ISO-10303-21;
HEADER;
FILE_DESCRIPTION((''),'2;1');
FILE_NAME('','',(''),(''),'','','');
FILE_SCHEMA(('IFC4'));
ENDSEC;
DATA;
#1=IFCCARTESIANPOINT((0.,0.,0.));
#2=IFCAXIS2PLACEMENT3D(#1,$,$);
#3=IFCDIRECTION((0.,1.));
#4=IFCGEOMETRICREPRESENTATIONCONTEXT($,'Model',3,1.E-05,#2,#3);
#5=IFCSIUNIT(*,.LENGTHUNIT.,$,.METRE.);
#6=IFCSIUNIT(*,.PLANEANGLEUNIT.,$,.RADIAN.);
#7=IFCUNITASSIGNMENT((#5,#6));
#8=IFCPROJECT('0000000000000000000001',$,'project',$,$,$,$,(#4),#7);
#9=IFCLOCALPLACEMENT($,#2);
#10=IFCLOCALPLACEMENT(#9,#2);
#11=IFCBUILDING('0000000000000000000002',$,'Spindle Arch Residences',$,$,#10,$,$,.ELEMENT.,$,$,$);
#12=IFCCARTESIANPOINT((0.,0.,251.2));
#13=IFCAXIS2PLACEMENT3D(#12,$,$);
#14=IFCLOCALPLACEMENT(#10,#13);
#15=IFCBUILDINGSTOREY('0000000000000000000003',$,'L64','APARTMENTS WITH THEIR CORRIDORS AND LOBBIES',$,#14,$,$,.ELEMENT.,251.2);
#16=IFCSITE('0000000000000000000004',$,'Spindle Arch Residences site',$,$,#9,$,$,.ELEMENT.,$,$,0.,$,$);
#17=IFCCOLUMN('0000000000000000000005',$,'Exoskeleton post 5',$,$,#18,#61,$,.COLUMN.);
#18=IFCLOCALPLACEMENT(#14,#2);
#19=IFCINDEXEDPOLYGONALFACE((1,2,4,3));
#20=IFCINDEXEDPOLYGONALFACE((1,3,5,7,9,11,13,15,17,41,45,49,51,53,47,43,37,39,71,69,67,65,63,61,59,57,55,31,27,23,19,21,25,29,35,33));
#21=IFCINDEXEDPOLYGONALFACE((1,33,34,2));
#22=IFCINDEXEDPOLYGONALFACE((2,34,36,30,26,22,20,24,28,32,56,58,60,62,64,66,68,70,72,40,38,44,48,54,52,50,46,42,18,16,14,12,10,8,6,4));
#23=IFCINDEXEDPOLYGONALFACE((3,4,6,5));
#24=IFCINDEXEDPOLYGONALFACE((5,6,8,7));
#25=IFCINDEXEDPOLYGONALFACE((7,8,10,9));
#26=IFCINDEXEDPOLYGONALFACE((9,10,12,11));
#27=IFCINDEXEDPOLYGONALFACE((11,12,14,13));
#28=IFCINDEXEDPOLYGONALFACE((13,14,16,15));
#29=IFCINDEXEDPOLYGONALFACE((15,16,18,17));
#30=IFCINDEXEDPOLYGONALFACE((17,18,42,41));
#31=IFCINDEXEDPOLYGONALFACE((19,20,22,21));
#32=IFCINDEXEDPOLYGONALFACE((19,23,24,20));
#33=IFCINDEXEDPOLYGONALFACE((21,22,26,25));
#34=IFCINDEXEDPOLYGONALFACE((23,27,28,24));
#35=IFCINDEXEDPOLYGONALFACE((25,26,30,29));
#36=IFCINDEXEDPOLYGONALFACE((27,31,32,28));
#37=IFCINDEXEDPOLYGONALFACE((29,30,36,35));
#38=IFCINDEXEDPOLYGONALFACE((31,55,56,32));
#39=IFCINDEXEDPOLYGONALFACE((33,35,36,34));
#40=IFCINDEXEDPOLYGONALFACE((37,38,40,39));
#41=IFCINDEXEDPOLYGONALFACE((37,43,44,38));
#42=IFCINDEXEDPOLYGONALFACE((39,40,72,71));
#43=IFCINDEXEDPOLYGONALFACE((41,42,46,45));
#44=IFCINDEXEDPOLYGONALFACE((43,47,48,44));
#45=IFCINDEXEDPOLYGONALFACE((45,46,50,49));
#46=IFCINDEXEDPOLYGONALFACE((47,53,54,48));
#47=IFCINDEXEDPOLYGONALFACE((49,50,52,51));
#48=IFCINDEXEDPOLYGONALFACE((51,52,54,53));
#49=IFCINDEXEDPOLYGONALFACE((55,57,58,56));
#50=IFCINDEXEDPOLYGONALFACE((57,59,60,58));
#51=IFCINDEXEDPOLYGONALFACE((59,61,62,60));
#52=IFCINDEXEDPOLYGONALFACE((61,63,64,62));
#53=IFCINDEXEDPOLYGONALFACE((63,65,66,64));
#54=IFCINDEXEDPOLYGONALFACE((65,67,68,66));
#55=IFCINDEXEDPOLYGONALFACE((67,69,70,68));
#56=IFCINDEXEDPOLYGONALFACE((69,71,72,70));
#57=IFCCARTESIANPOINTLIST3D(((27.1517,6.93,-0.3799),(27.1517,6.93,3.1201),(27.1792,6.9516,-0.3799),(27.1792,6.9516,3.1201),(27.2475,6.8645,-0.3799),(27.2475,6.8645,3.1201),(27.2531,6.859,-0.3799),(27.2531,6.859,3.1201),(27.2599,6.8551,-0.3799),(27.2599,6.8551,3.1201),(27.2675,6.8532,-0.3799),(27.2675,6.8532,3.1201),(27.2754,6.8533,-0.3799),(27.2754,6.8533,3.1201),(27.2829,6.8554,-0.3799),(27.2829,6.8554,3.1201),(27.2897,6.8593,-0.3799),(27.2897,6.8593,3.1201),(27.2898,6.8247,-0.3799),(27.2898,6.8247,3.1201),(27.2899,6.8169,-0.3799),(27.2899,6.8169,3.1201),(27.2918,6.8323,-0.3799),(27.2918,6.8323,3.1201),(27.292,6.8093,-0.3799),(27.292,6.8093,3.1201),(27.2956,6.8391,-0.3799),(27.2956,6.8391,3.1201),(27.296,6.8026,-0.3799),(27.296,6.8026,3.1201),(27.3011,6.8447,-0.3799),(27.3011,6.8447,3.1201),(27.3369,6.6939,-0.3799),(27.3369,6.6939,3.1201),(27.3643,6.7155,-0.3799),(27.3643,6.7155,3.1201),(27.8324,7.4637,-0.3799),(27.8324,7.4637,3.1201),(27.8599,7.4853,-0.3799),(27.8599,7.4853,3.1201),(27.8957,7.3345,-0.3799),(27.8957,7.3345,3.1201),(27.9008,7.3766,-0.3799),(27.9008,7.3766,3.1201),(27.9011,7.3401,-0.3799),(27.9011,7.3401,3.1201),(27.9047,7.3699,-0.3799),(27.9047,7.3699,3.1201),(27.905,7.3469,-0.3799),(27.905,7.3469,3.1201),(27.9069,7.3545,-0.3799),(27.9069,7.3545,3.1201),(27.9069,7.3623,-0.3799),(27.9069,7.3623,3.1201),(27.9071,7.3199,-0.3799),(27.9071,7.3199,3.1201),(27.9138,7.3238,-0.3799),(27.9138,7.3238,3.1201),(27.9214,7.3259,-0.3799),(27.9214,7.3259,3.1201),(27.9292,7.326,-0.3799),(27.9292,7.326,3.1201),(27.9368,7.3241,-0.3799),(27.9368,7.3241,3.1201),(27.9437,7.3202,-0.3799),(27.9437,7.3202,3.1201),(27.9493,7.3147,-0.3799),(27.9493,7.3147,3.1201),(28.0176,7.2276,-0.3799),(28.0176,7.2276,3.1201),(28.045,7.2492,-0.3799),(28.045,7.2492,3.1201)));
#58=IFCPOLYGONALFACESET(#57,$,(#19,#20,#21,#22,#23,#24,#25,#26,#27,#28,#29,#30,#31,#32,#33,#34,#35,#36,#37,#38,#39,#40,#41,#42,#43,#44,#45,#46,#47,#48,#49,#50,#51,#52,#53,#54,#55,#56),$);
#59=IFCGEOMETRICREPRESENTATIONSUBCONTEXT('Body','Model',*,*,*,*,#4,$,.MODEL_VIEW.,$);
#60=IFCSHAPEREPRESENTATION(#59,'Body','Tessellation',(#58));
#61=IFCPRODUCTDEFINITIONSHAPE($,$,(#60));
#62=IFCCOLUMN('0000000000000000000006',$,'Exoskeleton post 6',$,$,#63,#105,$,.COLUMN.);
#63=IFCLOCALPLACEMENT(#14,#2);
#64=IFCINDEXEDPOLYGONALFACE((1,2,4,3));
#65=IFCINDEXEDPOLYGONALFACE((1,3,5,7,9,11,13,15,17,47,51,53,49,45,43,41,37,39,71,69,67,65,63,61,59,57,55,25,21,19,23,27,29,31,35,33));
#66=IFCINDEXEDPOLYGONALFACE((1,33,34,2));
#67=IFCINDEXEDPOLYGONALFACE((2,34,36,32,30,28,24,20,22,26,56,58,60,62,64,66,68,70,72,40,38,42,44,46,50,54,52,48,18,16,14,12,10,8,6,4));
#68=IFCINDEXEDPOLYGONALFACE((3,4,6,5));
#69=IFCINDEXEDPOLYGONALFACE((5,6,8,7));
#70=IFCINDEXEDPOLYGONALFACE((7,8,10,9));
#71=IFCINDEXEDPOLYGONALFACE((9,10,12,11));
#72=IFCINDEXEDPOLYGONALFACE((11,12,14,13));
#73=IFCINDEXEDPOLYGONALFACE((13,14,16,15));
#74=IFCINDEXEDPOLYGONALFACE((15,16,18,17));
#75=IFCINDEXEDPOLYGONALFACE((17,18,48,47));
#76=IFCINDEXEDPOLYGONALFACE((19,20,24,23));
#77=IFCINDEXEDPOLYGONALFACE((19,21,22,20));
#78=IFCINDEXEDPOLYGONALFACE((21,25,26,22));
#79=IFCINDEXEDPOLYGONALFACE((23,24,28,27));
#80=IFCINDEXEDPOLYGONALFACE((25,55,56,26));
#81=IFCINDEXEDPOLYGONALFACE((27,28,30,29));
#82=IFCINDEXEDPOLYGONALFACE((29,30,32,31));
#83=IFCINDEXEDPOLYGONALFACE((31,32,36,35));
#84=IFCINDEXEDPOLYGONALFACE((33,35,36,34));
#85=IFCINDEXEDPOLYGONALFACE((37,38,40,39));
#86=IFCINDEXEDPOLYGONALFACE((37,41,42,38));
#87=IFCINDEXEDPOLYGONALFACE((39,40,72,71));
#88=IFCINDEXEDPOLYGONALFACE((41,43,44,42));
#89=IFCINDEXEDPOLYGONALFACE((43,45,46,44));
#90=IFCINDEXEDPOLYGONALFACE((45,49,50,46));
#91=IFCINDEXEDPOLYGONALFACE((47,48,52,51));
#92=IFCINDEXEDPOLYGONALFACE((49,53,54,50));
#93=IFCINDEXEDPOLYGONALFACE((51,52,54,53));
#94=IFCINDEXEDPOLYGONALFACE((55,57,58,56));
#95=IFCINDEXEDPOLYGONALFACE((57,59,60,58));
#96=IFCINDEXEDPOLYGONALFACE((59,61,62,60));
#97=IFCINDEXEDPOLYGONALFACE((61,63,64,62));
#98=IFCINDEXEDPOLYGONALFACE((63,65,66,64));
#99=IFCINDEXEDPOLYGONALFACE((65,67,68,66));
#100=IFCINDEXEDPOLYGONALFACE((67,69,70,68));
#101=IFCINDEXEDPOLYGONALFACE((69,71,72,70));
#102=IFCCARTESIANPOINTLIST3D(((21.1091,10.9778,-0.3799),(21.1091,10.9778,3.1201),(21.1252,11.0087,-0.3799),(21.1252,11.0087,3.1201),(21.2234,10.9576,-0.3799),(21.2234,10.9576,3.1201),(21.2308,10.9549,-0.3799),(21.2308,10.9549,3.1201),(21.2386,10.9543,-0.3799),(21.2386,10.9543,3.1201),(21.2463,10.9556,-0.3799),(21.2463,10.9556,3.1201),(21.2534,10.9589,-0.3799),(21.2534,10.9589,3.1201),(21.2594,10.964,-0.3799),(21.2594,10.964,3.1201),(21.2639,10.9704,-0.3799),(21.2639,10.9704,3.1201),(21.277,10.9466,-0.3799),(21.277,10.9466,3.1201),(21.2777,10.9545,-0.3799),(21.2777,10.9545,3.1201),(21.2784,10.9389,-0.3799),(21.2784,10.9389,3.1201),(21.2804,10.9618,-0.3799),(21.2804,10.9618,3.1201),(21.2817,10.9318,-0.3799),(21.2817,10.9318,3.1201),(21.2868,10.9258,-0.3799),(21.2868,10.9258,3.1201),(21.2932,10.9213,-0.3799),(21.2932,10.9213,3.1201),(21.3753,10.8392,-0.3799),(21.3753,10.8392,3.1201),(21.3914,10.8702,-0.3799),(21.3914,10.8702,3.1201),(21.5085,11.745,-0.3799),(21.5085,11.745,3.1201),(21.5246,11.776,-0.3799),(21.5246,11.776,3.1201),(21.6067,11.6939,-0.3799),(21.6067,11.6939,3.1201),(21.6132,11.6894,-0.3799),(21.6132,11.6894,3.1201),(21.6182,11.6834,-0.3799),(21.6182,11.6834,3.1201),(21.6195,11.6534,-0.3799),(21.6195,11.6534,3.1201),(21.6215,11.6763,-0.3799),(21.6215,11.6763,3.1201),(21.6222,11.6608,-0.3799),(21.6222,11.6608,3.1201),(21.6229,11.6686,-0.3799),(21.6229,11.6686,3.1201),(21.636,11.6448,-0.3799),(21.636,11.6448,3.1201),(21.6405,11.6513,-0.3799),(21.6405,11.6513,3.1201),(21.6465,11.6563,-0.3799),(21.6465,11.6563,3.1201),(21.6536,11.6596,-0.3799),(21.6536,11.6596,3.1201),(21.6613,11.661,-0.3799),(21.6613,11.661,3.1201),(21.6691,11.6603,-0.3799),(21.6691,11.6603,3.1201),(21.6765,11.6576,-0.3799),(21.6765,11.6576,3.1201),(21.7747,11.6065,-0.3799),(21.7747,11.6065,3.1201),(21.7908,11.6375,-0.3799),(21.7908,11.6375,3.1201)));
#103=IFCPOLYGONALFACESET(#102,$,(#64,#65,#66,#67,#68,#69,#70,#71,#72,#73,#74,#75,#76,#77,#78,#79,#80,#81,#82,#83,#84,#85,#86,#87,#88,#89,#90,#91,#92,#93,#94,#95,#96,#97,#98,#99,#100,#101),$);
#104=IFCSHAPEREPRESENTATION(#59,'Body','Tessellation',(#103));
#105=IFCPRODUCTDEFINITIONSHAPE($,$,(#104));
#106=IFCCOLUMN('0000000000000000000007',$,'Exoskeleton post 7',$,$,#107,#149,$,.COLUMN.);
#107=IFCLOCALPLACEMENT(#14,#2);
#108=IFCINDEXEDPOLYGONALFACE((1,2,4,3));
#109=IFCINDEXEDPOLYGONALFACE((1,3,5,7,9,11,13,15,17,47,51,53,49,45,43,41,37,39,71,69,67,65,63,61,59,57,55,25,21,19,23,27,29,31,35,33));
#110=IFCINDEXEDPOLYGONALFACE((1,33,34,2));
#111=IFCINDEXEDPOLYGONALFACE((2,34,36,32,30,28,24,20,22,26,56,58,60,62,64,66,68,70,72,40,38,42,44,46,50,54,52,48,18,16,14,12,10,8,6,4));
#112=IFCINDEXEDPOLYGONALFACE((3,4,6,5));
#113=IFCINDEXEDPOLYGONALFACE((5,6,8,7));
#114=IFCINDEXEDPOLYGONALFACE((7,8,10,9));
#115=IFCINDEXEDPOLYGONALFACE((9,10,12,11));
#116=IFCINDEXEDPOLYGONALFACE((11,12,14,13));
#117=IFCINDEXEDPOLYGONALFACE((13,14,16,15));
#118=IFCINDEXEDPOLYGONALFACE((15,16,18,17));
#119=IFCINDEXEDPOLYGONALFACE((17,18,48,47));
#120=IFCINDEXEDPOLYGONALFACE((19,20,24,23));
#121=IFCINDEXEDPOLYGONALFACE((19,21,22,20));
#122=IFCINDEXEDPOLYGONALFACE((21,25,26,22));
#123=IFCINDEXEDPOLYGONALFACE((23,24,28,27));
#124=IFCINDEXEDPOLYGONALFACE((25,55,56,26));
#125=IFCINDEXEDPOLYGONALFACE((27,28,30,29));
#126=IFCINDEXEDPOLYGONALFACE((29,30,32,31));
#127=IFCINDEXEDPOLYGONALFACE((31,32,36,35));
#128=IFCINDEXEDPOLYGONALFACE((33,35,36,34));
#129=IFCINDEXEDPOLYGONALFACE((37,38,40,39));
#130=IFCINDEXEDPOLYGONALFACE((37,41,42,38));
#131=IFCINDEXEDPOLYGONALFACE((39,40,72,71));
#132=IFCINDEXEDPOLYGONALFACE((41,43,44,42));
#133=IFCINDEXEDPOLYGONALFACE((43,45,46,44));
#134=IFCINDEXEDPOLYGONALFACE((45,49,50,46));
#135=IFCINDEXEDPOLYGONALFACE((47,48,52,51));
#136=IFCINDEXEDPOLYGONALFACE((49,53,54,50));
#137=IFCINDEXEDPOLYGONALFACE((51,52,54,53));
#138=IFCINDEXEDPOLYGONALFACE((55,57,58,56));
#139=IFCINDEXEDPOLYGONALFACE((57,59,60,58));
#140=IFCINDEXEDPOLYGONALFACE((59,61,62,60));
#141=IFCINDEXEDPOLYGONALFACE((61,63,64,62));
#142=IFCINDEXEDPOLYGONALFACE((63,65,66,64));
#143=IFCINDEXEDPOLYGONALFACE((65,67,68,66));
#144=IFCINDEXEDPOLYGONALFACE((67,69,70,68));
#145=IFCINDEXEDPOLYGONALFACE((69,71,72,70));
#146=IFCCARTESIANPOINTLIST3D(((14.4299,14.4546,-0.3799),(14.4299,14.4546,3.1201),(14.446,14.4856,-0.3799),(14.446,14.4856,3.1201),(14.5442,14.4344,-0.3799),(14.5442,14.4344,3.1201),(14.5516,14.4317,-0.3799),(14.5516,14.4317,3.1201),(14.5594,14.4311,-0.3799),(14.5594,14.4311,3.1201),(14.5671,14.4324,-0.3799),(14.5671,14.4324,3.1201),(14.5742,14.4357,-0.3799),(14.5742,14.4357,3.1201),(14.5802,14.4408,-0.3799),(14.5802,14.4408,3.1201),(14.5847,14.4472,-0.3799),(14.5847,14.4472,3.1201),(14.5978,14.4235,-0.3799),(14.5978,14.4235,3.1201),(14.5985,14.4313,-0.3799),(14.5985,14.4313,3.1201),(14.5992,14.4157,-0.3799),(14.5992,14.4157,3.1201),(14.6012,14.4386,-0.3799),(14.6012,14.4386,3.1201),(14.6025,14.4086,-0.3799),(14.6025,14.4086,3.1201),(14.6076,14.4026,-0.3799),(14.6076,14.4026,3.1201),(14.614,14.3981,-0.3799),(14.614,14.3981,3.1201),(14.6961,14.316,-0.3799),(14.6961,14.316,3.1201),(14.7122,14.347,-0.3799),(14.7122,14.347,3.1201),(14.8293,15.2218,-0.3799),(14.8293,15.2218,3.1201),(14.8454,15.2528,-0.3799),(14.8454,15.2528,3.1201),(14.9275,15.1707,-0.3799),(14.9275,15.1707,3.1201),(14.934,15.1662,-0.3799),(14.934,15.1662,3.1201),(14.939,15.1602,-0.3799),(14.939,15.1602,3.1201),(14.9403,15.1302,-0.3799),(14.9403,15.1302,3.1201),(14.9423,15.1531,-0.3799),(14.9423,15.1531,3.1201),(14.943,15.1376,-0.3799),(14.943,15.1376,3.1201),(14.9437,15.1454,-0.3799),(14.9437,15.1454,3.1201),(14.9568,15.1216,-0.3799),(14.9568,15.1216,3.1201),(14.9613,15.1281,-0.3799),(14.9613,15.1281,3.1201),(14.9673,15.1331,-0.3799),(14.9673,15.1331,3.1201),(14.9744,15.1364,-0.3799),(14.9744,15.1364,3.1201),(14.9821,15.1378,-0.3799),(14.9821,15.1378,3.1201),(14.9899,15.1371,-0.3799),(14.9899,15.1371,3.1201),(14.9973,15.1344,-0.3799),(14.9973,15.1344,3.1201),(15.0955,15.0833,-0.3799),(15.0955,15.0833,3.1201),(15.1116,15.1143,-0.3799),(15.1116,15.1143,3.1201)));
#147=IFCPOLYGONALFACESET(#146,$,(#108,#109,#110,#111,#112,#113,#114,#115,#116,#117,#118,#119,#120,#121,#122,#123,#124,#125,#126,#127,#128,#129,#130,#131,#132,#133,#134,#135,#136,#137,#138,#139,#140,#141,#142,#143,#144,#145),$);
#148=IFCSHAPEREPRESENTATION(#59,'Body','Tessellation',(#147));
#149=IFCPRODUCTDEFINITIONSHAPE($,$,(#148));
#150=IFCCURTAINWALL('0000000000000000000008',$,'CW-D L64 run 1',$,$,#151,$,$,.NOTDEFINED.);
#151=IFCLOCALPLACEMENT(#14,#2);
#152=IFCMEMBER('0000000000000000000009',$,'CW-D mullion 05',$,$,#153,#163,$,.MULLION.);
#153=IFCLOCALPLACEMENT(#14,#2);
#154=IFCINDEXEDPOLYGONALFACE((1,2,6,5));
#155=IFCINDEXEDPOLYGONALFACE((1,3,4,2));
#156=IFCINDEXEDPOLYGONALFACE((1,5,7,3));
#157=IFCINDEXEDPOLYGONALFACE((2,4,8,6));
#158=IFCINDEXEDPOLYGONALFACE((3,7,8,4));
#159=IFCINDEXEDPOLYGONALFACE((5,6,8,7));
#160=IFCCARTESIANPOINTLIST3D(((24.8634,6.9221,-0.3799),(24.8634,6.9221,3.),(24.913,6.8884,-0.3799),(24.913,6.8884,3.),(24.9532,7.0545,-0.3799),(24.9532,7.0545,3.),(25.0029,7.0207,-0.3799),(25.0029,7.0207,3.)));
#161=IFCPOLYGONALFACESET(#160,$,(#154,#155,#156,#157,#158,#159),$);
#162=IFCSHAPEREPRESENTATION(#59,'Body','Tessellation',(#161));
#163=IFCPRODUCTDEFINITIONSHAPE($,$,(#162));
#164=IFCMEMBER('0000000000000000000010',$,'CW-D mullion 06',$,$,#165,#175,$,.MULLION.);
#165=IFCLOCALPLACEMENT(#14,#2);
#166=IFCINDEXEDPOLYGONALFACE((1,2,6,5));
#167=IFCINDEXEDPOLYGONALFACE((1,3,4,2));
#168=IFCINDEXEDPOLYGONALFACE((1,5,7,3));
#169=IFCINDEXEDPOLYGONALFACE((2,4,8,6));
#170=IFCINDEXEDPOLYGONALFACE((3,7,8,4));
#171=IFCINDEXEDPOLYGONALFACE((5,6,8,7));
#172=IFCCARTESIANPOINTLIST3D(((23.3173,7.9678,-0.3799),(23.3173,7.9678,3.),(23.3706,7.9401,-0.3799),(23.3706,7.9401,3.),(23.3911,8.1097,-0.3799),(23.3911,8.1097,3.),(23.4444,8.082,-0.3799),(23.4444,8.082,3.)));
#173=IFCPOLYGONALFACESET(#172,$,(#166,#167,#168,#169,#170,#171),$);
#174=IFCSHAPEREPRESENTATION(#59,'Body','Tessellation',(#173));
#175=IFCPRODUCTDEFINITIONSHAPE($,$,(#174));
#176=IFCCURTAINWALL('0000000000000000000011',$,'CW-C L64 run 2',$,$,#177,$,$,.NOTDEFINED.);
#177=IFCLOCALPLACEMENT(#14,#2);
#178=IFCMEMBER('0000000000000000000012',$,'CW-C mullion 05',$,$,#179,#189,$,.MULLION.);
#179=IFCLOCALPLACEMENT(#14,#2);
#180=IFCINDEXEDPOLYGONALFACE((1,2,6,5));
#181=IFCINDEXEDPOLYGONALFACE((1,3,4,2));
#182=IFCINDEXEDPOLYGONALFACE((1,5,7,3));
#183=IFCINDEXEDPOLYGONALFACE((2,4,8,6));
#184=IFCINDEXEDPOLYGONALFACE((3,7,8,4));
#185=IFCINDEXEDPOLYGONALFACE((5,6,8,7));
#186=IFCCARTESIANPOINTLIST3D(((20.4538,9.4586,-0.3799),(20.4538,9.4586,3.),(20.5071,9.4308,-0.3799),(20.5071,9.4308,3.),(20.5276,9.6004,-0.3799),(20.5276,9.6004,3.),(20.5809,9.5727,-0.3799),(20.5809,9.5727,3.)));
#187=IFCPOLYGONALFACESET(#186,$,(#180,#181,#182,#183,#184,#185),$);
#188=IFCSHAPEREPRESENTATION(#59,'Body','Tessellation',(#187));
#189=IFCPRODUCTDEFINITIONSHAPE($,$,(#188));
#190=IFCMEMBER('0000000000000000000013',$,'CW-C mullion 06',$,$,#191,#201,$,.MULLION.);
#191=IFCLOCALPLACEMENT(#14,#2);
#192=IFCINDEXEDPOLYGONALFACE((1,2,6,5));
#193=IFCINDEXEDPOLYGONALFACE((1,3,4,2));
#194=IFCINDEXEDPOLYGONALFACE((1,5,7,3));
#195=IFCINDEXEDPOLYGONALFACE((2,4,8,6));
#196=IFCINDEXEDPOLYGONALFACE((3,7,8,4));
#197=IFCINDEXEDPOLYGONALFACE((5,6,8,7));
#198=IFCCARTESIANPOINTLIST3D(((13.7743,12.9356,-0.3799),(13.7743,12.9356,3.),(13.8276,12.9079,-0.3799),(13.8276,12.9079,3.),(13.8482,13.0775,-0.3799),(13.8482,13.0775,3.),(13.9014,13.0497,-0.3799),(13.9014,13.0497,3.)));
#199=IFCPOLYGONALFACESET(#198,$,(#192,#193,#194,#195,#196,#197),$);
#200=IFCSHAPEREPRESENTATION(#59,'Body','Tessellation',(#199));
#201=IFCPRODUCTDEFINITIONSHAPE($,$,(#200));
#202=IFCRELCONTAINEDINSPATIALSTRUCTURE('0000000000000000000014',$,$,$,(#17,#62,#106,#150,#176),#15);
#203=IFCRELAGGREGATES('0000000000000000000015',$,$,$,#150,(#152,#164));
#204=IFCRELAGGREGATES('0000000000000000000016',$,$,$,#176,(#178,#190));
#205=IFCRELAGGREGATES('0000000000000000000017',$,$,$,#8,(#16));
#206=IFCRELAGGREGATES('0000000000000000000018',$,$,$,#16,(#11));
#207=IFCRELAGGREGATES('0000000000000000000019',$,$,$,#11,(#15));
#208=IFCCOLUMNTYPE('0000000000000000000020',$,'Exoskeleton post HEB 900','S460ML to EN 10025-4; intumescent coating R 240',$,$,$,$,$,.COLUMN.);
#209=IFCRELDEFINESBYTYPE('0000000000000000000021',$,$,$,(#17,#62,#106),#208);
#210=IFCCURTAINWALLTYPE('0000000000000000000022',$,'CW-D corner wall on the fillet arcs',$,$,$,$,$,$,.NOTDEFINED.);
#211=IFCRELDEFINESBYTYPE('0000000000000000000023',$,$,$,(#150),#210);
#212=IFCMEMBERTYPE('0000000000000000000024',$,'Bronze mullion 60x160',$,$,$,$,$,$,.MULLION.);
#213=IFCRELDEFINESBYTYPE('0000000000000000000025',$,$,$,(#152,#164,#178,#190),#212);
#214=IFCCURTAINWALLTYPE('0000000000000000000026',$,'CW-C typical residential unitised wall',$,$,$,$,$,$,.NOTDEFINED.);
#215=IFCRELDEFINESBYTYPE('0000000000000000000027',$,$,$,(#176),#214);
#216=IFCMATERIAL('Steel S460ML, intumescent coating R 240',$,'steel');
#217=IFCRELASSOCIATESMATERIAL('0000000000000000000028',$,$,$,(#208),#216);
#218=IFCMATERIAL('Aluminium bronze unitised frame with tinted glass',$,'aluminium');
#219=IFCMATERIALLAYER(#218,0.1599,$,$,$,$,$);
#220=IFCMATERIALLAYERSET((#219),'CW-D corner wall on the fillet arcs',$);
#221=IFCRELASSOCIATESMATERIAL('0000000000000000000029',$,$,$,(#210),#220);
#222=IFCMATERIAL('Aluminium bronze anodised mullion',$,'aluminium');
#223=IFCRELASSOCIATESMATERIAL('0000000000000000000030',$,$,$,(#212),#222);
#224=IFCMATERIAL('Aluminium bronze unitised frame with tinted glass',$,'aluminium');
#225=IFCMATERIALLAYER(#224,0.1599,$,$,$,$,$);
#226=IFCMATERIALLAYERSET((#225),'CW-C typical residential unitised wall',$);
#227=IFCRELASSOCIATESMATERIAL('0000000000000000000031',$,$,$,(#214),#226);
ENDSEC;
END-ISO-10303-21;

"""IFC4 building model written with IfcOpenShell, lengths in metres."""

from ifc_helpers import new_model, si_unit, direction, frame, origin, origin_2d, place, context, subcontext, project, spatial, rectangle, i_section, extrude, material, layer, layer_set, material_profile, profile_set, type_object, element, aggregate, save


model = new_model("IFC4")

# Units and contexts
model_context = context("Model", 3, precision=1e-05, world=origin(), true_north=direction((0.0, 1.0)))
body_context = subcontext(model_context, "Body", "Model", "MODEL_VIEW")
ifc_project = project(units=[si_unit("LENGTHUNIT", "METRE"), si_unit("PLANEANGLEUNIT", "RADIAN")], contexts=[model_context])

# Site, building, storey
site_placement = place(None, origin())
site = spatial("IfcSite", under=ifc_project, at=site_placement, Name="Spindle Arch Residences site", CompositionType="ELEMENT", RefElevation=0.0)
building_placement = place(site_placement, origin())
building = spatial("IfcBuilding", under=site, at=building_placement, Name="Spindle Arch Residences", CompositionType="ELEMENT")
storey_placement = place(building_placement, frame((0.0, 0.0, 251.2)))
storey = spatial("IfcBuildingStorey", under=building, at=storey_placement, Name="L64", Description="APARTMENTS WITH THEIR CORRIDORS AND LOBBIES", CompositionType="ELEMENT", Elevation=251.2)

# Columns
ifc_material_1 = material(Name="Steel S460ML, intumescent coating R 240", Category="steel")
ifc_material_profile_1 = material_profile(ifc_material_1, i_section(OverallWidth=0.3, OverallDepth=0.8999, WebThickness=0.0186, FlangeThickness=0.0349, FilletRadius=0.03, at=origin_2d()), Name="HEB 900")
ifc_profile_set_1 = profile_set([ifc_material_profile_1], Name="Steel S460ML, intumescent coating R 240")
column_type = type_object("IfcColumnType", Name="Exoskeleton post HEB 900", Description="S460ML to EN 10025-4; intumescent coating R 240", PredefinedType="COLUMN", material=ifc_profile_set_1)
for number, where, z_axis, x_axis, name in (
    (1, (27.5984, 7.0896, -0.3799), (0.0, 0.0, 1.0), (0.617002, -0.786962, 0.0), "Exoskeleton post 5"),
    (2, (21.45, 11.3076, -0.3799), (0.0, 0.0, 1.0), (0.887011, -0.461749, 0.0), "Exoskeleton post 6"),
    (3, (14.7708, 14.7844, -0.3799), (0.0, 0.0, 1.0), (0.887011, -0.461749, 0.0), "Exoskeleton post 7"),
):
    element("IfcColumn", number, at=place(storey_placement, frame(where, z_axis=z_axis, x_axis=x_axis)), inside=storey, type_object=column_type, Name=name, PredefinedType="COLUMN", context=body_context, shape_type="SweptSolid", body=[
        extrude(i_section(OverallWidth=0.3, OverallDepth=0.8999, WebThickness=0.0186, FlangeThickness=0.0349, FilletRadius=0.03, at=origin_2d()), origin(), (0.0, 0.0, 1.0), 3.5),
    ])

# Curtain walls, members
ifc_material_2 = material(Name="Aluminium bronze unitised frame with tinted glass", Category="aluminium")
ifc_layer_1 = layer(ifc_material_2, 0.1599)
ifc_layer_set_1 = layer_set([ifc_layer_1], Name="CW-D corner wall on the fillet arcs")
curtain_wall_type_1 = type_object("IfcCurtainWallType", Name="CW-D corner wall on the fillet arcs", PredefinedType="NOTDEFINED", material=ifc_layer_set_1)
curtain_wall_1_placement = place(storey_placement, origin())
curtain_wall_1 = element("IfcCurtainWall", 4, at=curtain_wall_1_placement, inside=storey, type_object=curtain_wall_type_1, Name="CW-D L64 run 1", PredefinedType="NOTDEFINED")
ifc_material_3 = material(Name="Aluminium bronze anodised mullion", Category="aluminium")
ifc_material_profile_2 = material_profile(ifc_material_3, rectangle(XDim=0.1599, YDim=0.0601, at=origin_2d()), Name="MU 60x160")
ifc_profile_set_2 = profile_set([ifc_material_profile_2], Name="Aluminium bronze anodised mullion")
member_type_1 = type_object("IfcMemberType", Name="Bronze mullion 60x160", PredefinedType="MULLION", material=ifc_profile_set_2)
member_1_placement = place(storey_placement, frame((24.9331, 6.9714, -0.3799), z_axis=(0.0, 0.0, 1.0), x_axis=(-0.561602, -0.827407, 0.0)))
member_1 = element("IfcMember", 5, at=member_1_placement, type_object=member_type_1, Name="CW-D mullion 05", PredefinedType="MULLION", context=body_context, shape_type="SweptSolid", body=[
    extrude(rectangle(XDim=0.1599, YDim=0.0601, at=origin_2d()), origin(), (0.0, 0.0, 1.0), 3.3799),
])
member_2_placement = place(storey_placement, frame((23.3809, 8.0249, -0.3799), z_axis=(0.0, 0.0, 1.0), x_axis=(-0.461749, -0.887011, 0.0)))
member_2 = element("IfcMember", 6, at=member_2_placement, type_object=member_type_1, Name="CW-D mullion 06", PredefinedType="MULLION", context=body_context, shape_type="SweptSolid", body=[
    extrude(rectangle(XDim=0.1599, YDim=0.0601, at=origin_2d()), origin(), (0.0, 0.0, 1.0), 3.3799),
])
ifc_material_4 = material(Name="Aluminium bronze unitised frame with tinted glass", Category="aluminium")
ifc_layer_2 = layer(ifc_material_4, 0.1599)
ifc_layer_set_2 = layer_set([ifc_layer_2], Name="CW-C typical residential unitised wall")
curtain_wall_type_2 = type_object("IfcCurtainWallType", Name="CW-C typical residential unitised wall", PredefinedType="NOTDEFINED", material=ifc_layer_set_2)
curtain_wall_2_placement = place(storey_placement, origin())
curtain_wall_2 = element("IfcCurtainWall", 7, at=curtain_wall_2_placement, inside=storey, type_object=curtain_wall_type_2, Name="CW-C L64 run 2", PredefinedType="NOTDEFINED")
member_3_placement = place(storey_placement, frame((20.5173, 9.5156, -0.3799), z_axis=(0.0, 0.0, 1.0), x_axis=(-0.461749, -0.887011, 0.0)))
member_3 = element("IfcMember", 8, at=member_3_placement, type_object=member_type_1, Name="CW-C mullion 05", PredefinedType="MULLION", context=body_context, shape_type="SweptSolid", body=[
    extrude(rectangle(XDim=0.1599, YDim=0.0601, at=origin_2d()), origin(), (0.0, 0.0, 1.0), 3.3799),
])
member_4_placement = place(storey_placement, frame((13.8379, 12.9927, -0.3799), z_axis=(0.0, 0.0, 1.0), x_axis=(-0.461749, -0.887011, 0.0)))
member_4 = element("IfcMember", 9, at=member_4_placement, type_object=member_type_1, Name="CW-C mullion 06", PredefinedType="MULLION", context=body_context, shape_type="SweptSolid", body=[
    extrude(rectangle(XDim=0.1599, YDim=0.0601, at=origin_2d()), origin(), (0.0, 0.0, 1.0), 3.3799),
])

aggregate(curtain_wall_1, [member_1, member_2])
aggregate(curtain_wall_2, [member_3, member_4])

save(model, "model.ifc")
